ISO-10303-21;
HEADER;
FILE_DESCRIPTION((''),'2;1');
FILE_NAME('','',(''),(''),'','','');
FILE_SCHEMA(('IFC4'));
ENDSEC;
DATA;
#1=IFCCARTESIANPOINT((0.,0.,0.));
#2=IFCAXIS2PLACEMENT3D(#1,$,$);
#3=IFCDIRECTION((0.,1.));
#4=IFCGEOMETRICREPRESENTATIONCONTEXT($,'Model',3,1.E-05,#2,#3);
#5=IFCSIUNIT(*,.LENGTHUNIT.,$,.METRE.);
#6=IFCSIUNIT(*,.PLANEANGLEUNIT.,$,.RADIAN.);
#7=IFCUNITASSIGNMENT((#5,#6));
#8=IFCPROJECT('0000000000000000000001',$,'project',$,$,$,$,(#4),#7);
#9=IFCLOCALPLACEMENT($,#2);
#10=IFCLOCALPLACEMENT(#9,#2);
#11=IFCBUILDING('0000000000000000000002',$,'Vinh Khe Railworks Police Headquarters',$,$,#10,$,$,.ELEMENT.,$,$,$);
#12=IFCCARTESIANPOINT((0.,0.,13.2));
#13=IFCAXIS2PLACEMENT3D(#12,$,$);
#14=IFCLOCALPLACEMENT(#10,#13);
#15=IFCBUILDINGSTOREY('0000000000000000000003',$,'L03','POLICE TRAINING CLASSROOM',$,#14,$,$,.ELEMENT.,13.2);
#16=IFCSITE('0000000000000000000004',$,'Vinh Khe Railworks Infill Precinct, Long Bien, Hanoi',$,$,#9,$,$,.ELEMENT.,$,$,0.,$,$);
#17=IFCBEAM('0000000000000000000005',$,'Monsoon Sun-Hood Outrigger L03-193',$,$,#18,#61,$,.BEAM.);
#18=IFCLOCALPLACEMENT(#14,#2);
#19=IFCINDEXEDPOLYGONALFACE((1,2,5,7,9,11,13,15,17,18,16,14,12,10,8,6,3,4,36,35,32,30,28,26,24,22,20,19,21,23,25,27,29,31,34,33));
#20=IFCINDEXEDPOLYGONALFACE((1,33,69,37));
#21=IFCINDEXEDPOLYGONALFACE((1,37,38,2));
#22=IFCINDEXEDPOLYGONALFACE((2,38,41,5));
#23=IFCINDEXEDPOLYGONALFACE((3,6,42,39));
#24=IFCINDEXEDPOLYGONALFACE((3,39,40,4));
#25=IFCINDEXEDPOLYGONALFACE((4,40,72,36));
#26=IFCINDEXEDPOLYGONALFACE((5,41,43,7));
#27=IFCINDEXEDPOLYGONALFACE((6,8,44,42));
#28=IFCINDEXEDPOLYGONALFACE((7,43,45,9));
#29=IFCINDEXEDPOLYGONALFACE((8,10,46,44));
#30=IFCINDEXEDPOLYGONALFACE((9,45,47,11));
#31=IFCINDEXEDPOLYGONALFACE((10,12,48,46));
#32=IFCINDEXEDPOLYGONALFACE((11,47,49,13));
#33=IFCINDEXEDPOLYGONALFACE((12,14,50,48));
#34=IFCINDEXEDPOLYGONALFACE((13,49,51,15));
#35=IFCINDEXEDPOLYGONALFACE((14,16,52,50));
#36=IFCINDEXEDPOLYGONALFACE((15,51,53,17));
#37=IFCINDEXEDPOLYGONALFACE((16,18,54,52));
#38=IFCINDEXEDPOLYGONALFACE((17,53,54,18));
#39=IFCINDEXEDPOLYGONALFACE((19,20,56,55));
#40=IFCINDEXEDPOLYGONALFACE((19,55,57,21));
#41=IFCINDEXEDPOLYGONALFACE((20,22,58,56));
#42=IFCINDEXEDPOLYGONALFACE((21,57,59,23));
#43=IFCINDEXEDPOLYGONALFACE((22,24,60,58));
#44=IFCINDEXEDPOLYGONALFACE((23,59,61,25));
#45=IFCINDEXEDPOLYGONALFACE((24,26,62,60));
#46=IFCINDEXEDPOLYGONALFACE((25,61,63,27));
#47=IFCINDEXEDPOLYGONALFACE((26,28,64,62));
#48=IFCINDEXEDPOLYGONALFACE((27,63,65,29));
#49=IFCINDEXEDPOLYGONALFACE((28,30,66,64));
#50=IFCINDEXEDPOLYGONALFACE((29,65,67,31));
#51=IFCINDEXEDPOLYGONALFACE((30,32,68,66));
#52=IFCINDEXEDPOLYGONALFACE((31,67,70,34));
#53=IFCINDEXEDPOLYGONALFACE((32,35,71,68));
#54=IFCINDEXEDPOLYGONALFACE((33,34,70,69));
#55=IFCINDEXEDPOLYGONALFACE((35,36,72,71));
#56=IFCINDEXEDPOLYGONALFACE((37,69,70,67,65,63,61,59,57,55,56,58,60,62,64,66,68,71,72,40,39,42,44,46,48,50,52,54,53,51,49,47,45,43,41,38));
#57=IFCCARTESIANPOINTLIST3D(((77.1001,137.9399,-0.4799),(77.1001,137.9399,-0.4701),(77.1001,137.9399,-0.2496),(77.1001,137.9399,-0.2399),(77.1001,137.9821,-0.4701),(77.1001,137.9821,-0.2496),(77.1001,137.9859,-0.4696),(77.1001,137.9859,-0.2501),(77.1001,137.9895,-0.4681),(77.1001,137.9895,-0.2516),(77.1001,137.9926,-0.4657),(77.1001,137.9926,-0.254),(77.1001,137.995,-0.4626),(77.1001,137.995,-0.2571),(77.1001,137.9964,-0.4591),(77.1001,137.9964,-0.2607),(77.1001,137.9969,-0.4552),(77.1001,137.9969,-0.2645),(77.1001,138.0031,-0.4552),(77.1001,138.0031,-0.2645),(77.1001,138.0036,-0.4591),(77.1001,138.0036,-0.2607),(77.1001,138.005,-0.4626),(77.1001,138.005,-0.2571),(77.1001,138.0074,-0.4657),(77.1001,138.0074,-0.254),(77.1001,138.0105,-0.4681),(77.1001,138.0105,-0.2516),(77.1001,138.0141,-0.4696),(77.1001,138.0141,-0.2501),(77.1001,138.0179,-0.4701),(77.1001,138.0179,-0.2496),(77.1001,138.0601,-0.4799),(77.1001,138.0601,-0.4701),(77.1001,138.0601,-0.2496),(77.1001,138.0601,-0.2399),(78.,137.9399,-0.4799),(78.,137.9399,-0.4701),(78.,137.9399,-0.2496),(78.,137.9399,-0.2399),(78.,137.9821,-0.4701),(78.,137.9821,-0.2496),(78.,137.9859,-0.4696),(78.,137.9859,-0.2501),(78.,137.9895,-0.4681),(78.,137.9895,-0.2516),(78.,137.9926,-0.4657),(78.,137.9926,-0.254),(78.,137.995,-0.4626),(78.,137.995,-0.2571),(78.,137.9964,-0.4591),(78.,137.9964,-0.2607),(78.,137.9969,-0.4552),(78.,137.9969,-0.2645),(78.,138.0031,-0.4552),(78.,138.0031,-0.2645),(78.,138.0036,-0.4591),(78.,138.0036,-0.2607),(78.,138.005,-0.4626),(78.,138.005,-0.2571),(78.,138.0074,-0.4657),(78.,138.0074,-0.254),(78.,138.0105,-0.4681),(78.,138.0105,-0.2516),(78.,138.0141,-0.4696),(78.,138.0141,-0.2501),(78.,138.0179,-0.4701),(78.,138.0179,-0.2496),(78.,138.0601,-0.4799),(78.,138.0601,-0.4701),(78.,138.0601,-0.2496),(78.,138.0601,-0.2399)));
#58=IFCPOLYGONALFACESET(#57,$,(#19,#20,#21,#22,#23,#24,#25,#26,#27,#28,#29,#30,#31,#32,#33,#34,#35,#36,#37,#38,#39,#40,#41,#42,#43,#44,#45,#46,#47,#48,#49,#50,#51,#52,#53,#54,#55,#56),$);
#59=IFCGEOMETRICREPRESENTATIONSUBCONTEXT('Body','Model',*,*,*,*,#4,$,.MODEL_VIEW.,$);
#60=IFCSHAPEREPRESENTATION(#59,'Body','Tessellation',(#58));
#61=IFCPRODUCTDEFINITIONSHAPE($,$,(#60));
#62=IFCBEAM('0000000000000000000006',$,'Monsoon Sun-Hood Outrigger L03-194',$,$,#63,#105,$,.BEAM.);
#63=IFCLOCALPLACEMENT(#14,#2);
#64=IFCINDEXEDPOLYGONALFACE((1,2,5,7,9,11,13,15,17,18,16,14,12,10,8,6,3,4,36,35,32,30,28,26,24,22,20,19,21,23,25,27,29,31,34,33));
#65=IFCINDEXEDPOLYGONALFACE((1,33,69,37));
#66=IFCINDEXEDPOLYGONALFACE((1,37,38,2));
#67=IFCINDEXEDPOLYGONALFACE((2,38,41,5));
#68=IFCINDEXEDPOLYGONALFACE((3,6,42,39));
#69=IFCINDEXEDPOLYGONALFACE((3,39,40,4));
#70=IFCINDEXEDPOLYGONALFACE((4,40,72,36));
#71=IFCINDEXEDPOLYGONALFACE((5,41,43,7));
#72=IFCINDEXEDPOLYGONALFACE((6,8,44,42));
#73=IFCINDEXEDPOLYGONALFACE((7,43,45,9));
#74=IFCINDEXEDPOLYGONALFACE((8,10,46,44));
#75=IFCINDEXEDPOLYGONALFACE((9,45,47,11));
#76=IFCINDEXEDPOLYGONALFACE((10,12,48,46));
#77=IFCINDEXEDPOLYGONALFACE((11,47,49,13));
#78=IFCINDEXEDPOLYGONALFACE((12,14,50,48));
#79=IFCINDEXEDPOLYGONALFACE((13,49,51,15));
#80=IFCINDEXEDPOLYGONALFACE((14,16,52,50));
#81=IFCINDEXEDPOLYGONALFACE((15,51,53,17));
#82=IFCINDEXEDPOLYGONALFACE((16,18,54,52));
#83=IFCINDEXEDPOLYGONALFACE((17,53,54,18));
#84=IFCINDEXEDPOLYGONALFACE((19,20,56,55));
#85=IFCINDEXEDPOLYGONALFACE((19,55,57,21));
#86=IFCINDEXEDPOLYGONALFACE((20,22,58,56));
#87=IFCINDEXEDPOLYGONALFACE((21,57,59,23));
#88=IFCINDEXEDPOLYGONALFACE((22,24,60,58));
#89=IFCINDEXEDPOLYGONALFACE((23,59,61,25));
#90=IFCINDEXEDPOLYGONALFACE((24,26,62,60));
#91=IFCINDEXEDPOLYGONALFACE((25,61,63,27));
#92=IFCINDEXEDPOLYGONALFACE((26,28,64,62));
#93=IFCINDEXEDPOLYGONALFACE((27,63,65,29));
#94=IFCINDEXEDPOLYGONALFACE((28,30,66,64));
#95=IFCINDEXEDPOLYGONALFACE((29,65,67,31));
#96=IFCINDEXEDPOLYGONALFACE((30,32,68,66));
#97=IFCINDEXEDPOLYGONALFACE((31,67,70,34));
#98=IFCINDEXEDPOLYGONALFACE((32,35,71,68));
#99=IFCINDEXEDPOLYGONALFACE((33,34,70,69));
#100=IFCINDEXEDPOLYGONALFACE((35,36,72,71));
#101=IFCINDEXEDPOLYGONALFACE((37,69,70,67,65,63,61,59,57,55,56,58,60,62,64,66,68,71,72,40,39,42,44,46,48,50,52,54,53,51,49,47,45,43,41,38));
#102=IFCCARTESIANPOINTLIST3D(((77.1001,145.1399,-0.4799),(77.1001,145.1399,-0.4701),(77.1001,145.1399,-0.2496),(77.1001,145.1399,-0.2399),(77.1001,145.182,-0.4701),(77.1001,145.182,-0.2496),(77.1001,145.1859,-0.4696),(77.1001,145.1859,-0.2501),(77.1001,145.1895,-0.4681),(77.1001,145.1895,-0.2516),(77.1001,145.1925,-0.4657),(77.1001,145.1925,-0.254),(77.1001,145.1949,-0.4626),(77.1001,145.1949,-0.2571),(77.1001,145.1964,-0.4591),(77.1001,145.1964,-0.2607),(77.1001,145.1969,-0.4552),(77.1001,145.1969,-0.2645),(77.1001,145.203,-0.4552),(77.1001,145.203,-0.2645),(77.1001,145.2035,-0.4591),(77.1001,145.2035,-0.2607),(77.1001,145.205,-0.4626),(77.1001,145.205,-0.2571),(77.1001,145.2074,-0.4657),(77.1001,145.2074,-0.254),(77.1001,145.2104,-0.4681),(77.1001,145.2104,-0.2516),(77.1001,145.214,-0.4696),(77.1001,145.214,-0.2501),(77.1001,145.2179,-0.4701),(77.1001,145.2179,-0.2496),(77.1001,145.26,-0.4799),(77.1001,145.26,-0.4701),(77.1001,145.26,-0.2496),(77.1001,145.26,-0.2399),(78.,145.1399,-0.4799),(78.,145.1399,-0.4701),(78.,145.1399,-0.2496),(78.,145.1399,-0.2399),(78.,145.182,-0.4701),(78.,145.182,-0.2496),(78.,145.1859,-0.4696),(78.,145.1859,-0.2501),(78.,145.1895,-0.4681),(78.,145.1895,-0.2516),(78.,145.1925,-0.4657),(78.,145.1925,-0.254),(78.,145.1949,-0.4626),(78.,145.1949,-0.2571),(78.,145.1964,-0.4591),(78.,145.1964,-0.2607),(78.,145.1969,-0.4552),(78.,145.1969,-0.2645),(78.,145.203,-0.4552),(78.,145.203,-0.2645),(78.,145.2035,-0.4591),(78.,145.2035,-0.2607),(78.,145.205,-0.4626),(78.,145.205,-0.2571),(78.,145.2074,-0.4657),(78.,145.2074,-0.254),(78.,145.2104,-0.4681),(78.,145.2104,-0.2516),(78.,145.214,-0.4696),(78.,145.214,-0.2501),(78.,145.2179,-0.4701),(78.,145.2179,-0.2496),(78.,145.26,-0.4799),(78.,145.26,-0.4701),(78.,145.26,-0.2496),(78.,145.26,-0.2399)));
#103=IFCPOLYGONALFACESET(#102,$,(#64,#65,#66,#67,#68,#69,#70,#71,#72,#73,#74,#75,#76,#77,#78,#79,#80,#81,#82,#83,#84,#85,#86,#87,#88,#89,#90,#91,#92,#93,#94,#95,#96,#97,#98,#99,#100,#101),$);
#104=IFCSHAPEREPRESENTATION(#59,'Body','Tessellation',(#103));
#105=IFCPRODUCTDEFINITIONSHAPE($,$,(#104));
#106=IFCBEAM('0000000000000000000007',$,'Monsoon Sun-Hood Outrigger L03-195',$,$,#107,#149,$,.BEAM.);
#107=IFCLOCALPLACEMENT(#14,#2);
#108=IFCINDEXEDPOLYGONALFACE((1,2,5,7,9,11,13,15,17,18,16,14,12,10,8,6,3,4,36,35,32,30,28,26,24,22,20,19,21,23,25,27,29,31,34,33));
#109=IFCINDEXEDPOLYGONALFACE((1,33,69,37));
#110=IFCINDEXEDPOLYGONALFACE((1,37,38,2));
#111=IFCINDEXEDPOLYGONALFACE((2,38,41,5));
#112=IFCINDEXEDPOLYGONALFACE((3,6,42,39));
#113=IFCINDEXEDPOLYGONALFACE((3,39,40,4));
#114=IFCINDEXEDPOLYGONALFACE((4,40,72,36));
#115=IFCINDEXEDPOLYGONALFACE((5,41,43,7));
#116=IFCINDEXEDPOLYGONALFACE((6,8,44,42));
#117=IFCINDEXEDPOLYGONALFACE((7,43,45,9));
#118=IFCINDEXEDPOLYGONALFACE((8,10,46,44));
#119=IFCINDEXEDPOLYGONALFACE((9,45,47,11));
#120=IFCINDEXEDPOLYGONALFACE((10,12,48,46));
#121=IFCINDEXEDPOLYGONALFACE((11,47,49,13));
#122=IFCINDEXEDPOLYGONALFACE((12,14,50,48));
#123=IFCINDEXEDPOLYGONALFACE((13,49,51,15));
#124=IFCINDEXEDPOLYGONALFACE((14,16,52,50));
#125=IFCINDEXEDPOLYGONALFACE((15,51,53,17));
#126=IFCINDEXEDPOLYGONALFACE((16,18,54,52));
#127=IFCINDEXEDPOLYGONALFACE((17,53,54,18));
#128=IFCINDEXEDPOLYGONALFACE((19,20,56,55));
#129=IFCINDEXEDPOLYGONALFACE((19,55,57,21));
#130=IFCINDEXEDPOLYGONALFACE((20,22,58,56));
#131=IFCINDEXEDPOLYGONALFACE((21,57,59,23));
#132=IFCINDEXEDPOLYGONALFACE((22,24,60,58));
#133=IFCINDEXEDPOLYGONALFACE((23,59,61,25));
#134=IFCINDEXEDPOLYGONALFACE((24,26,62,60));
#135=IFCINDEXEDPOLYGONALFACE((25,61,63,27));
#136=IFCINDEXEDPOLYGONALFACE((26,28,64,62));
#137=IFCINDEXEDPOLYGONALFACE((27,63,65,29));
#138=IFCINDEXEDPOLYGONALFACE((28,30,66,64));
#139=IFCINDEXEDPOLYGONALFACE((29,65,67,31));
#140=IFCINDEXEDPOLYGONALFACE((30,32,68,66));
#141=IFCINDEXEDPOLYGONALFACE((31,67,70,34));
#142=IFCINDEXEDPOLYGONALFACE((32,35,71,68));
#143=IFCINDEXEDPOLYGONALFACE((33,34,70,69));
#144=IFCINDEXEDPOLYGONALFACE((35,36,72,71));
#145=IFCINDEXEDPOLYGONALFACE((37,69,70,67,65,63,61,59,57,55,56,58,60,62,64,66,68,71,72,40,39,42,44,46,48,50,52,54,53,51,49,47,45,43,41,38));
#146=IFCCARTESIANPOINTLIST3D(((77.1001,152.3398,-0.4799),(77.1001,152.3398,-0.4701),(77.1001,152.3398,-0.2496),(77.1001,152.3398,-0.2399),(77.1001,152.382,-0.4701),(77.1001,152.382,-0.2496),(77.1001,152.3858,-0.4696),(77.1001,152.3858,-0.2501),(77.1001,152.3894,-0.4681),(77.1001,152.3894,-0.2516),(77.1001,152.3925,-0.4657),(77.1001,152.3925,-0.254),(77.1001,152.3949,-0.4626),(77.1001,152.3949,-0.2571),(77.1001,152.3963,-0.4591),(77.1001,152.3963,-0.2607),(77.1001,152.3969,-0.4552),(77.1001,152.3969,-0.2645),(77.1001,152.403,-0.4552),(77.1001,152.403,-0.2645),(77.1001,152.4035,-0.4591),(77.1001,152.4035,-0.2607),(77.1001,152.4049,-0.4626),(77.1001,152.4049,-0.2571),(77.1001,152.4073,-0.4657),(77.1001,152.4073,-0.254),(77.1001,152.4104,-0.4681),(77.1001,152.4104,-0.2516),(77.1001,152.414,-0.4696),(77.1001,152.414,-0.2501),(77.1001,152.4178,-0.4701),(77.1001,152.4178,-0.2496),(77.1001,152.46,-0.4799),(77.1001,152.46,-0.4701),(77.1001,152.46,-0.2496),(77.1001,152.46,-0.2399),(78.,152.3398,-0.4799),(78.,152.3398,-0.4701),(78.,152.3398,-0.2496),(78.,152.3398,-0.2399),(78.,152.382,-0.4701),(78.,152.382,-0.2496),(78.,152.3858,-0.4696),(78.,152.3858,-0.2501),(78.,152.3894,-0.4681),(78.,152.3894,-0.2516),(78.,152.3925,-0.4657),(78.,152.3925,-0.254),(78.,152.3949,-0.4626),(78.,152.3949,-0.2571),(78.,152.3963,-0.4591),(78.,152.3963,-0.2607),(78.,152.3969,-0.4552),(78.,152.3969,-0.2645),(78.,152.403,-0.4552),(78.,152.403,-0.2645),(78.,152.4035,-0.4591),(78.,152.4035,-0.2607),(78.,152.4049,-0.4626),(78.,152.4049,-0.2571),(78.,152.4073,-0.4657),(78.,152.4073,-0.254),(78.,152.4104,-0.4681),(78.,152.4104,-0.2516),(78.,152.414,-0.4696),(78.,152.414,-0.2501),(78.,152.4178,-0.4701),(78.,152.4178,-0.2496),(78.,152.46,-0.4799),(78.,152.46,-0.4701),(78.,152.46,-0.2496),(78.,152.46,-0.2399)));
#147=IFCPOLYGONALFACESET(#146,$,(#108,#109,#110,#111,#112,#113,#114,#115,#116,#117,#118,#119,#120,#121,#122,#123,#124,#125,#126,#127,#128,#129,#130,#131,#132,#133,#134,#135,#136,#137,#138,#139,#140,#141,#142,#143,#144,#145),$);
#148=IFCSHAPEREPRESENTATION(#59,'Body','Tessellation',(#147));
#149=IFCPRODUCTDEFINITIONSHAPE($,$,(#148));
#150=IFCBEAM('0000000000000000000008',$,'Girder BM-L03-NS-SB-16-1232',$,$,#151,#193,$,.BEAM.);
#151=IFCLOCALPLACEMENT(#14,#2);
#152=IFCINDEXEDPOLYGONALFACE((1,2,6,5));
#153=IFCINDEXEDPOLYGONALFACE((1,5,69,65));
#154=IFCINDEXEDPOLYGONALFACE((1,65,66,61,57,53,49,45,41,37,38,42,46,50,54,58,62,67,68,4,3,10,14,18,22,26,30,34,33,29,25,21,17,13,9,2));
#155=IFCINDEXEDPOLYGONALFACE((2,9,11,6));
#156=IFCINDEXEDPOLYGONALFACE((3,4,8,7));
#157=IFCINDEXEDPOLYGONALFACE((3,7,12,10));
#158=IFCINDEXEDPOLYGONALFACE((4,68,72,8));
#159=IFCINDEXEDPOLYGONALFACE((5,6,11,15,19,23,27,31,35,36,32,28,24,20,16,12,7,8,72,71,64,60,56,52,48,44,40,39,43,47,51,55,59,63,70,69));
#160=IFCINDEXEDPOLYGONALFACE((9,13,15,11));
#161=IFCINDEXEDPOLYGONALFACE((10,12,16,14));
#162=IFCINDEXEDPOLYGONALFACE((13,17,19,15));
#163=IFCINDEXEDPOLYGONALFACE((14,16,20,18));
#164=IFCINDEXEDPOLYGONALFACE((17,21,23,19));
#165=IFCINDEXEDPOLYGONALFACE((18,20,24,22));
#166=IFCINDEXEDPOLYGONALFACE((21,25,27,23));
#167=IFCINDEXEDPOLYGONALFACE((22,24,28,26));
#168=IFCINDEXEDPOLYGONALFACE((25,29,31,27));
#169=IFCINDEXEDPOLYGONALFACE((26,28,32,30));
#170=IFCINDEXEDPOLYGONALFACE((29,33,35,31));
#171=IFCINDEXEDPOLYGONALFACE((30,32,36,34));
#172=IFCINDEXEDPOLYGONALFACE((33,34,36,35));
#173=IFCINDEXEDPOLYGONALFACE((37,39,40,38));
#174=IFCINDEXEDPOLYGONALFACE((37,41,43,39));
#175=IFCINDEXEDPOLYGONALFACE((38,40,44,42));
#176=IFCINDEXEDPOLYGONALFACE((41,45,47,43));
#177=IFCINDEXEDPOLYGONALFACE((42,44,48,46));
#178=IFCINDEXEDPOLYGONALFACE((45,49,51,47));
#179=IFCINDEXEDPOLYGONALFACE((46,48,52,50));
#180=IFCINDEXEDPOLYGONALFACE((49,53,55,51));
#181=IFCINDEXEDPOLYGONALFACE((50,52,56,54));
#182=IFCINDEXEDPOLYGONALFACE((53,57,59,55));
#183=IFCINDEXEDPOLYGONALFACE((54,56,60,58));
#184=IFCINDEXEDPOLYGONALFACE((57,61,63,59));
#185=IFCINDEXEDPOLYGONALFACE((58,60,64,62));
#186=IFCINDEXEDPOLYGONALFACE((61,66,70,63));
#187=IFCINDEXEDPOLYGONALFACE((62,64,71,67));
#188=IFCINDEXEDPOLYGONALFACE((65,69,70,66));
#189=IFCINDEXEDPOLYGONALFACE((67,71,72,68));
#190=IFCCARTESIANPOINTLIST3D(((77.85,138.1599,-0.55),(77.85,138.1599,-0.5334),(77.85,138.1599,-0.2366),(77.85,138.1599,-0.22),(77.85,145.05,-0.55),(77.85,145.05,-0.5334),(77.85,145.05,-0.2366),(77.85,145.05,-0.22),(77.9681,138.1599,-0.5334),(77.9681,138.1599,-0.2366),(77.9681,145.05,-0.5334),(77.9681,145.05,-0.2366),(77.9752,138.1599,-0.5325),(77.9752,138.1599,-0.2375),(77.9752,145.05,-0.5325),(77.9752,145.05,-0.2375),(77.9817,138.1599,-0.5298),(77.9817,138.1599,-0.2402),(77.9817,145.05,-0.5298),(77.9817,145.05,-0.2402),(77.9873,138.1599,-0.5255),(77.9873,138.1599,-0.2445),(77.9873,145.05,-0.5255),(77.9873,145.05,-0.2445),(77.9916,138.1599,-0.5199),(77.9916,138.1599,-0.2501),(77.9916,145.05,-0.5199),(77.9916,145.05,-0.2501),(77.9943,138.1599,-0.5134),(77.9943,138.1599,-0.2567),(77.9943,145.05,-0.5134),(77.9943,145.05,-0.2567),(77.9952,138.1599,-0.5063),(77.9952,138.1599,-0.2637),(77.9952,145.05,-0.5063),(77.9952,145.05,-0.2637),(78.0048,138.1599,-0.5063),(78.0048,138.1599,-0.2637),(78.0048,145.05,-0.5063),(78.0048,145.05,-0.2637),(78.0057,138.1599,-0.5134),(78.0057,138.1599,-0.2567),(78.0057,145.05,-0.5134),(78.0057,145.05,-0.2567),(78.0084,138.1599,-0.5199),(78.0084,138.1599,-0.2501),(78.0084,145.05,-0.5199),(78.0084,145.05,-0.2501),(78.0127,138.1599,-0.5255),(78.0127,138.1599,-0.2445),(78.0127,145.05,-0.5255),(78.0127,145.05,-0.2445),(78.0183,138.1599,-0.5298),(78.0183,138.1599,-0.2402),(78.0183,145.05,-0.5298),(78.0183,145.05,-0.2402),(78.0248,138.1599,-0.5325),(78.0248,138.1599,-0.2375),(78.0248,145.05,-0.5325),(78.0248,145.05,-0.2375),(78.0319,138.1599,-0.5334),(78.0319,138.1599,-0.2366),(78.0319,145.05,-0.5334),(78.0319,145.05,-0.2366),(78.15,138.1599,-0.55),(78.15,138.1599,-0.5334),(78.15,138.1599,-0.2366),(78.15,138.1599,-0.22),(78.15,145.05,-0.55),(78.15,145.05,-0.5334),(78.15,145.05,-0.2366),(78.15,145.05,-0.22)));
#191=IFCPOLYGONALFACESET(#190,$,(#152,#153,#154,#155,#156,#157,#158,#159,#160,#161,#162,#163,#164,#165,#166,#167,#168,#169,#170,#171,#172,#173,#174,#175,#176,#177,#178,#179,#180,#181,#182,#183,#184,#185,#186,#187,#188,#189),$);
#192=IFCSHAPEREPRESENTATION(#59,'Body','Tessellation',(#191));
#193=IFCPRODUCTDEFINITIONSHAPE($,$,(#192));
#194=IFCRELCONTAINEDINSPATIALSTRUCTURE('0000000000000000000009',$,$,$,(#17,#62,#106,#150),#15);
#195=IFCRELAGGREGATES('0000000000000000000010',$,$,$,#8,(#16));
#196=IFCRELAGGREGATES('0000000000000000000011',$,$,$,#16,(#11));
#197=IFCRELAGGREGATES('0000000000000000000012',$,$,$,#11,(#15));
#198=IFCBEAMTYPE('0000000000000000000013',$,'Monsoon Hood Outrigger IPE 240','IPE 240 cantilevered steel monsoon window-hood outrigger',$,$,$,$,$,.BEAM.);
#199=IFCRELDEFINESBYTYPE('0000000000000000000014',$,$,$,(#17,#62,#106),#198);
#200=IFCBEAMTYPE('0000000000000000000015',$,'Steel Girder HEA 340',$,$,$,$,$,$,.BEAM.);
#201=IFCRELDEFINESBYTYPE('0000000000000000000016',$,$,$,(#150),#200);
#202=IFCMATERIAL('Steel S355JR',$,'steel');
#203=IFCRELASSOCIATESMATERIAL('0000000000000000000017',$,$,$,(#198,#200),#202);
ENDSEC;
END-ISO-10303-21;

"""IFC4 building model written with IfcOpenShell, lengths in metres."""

from ifc_helpers import new_model, si_unit, direction, frame, origin, origin_2d, place, context, subcontext, project, spatial, i_section, extrude, material, material_profile, profile_set, type_object, element, save


model = new_model("IFC4")

# Units and contexts
model_context = context("Model", 3, precision=1e-05, world=origin(), true_north=direction((0.0, 1.0)))
body_context = subcontext(model_context, "Body", "Model", "MODEL_VIEW")
ifc_project = project(units=[si_unit("LENGTHUNIT", "METRE"), si_unit("PLANEANGLEUNIT", "RADIAN")], contexts=[model_context])

# Site, building, storey
site_placement = place(None, origin())
site = spatial("IfcSite", under=ifc_project, at=site_placement, Name="Vinh Khe Railworks Infill Precinct, Long Bien, Hanoi", CompositionType="ELEMENT", RefElevation=0.0)
building_placement = place(site_placement, origin())
building = spatial("IfcBuilding", under=site, at=building_placement, Name="Vinh Khe Railworks Police Headquarters", CompositionType="ELEMENT")
storey_placement = place(building_placement, frame((0.0, 0.0, 13.2)))
storey = spatial("IfcBuildingStorey", under=building, at=storey_placement, Name="L03", Description="POLICE TRAINING CLASSROOM", CompositionType="ELEMENT", Elevation=13.2)

# Shared definitions
ifc_material_1 = material(Name="Steel S355JR", Category="steel")

# Beams
ifc_material_profile_1 = material_profile(ifc_material_1, i_section(OverallWidth=0.1201, OverallDepth=0.24, WebThickness=0.0061, FlangeThickness=0.0098, FilletRadius=0.0149, at=origin_2d()), Name="IPE 240")
ifc_profile_set_1 = profile_set([ifc_material_profile_1], Name="Steel S355JR")
beam_type_1 = type_object("IfcBeamType", Name="Monsoon Hood Outrigger IPE 240", Description="IPE 240 cantilevered steel monsoon window-hood outrigger", PredefinedType="BEAM", material=ifc_profile_set_1)
for number, where, z_axis, x_axis, name in (
    (1, (77.1001, 138.0, -0.3599), (1.0, 0.0, 0.0), (0.0, 1.0, 0.0), "Monsoon Sun-Hood Outrigger L03-193"),
    (2, (77.1001, 145.2, -0.3599), (1.0, 0.0, 0.0), (0.0, 1.0, 0.0), "Monsoon Sun-Hood Outrigger L03-194"),
    (3, (77.1001, 152.3999, -0.3599), (1.0, 0.0, 0.0), (0.0, 1.0, 0.0), "Monsoon Sun-Hood Outrigger L03-195"),
):
    element("IfcBeam", number, at=place(storey_placement, frame(where, z_axis=z_axis, x_axis=x_axis)), inside=storey, type_object=beam_type_1, Name=name, PredefinedType="BEAM", context=body_context, shape_type="SweptSolid", body=[
        extrude(i_section(OverallWidth=0.1201, OverallDepth=0.24, WebThickness=0.0061, FlangeThickness=0.0098, FilletRadius=0.0149, at=origin_2d()), origin(), (0.0, 0.0, 1.0), 0.8999),
    ])
ifc_material_profile_2 = material_profile(ifc_material_1, i_section(OverallWidth=0.3, OverallDepth=0.3301, WebThickness=0.0095, FlangeThickness=0.0166, FilletRadius=0.0271, at=origin_2d()), Name="HEA 340")
ifc_profile_set_2 = profile_set([ifc_material_profile_2], Name="Steel S355JR")
beam_type_2 = type_object("IfcBeamType", Name="Steel Girder HEA 340", PredefinedType="BEAM", material=ifc_profile_set_2)
beam_1_placement = place(storey_placement, frame((78.0, 138.1599, -0.385), z_axis=(0.0, 1.0, 0.0), x_axis=(-1.0, 0.0, 0.0)))
element("IfcBeam", 4, at=beam_1_placement, inside=storey, type_object=beam_type_2, Name="Girder BM-L03-NS-SB-16-1232", PredefinedType="BEAM", context=body_context, shape_type="SweptSolid", body=[
    extrude(i_section(OverallWidth=0.3, OverallDepth=0.3301, WebThickness=0.0095, FlangeThickness=0.0166, FilletRadius=0.0271, at=origin_2d()), origin(), (0.0, 0.0, 1.0), 6.8901),
])

save(model, "model.ifc")
